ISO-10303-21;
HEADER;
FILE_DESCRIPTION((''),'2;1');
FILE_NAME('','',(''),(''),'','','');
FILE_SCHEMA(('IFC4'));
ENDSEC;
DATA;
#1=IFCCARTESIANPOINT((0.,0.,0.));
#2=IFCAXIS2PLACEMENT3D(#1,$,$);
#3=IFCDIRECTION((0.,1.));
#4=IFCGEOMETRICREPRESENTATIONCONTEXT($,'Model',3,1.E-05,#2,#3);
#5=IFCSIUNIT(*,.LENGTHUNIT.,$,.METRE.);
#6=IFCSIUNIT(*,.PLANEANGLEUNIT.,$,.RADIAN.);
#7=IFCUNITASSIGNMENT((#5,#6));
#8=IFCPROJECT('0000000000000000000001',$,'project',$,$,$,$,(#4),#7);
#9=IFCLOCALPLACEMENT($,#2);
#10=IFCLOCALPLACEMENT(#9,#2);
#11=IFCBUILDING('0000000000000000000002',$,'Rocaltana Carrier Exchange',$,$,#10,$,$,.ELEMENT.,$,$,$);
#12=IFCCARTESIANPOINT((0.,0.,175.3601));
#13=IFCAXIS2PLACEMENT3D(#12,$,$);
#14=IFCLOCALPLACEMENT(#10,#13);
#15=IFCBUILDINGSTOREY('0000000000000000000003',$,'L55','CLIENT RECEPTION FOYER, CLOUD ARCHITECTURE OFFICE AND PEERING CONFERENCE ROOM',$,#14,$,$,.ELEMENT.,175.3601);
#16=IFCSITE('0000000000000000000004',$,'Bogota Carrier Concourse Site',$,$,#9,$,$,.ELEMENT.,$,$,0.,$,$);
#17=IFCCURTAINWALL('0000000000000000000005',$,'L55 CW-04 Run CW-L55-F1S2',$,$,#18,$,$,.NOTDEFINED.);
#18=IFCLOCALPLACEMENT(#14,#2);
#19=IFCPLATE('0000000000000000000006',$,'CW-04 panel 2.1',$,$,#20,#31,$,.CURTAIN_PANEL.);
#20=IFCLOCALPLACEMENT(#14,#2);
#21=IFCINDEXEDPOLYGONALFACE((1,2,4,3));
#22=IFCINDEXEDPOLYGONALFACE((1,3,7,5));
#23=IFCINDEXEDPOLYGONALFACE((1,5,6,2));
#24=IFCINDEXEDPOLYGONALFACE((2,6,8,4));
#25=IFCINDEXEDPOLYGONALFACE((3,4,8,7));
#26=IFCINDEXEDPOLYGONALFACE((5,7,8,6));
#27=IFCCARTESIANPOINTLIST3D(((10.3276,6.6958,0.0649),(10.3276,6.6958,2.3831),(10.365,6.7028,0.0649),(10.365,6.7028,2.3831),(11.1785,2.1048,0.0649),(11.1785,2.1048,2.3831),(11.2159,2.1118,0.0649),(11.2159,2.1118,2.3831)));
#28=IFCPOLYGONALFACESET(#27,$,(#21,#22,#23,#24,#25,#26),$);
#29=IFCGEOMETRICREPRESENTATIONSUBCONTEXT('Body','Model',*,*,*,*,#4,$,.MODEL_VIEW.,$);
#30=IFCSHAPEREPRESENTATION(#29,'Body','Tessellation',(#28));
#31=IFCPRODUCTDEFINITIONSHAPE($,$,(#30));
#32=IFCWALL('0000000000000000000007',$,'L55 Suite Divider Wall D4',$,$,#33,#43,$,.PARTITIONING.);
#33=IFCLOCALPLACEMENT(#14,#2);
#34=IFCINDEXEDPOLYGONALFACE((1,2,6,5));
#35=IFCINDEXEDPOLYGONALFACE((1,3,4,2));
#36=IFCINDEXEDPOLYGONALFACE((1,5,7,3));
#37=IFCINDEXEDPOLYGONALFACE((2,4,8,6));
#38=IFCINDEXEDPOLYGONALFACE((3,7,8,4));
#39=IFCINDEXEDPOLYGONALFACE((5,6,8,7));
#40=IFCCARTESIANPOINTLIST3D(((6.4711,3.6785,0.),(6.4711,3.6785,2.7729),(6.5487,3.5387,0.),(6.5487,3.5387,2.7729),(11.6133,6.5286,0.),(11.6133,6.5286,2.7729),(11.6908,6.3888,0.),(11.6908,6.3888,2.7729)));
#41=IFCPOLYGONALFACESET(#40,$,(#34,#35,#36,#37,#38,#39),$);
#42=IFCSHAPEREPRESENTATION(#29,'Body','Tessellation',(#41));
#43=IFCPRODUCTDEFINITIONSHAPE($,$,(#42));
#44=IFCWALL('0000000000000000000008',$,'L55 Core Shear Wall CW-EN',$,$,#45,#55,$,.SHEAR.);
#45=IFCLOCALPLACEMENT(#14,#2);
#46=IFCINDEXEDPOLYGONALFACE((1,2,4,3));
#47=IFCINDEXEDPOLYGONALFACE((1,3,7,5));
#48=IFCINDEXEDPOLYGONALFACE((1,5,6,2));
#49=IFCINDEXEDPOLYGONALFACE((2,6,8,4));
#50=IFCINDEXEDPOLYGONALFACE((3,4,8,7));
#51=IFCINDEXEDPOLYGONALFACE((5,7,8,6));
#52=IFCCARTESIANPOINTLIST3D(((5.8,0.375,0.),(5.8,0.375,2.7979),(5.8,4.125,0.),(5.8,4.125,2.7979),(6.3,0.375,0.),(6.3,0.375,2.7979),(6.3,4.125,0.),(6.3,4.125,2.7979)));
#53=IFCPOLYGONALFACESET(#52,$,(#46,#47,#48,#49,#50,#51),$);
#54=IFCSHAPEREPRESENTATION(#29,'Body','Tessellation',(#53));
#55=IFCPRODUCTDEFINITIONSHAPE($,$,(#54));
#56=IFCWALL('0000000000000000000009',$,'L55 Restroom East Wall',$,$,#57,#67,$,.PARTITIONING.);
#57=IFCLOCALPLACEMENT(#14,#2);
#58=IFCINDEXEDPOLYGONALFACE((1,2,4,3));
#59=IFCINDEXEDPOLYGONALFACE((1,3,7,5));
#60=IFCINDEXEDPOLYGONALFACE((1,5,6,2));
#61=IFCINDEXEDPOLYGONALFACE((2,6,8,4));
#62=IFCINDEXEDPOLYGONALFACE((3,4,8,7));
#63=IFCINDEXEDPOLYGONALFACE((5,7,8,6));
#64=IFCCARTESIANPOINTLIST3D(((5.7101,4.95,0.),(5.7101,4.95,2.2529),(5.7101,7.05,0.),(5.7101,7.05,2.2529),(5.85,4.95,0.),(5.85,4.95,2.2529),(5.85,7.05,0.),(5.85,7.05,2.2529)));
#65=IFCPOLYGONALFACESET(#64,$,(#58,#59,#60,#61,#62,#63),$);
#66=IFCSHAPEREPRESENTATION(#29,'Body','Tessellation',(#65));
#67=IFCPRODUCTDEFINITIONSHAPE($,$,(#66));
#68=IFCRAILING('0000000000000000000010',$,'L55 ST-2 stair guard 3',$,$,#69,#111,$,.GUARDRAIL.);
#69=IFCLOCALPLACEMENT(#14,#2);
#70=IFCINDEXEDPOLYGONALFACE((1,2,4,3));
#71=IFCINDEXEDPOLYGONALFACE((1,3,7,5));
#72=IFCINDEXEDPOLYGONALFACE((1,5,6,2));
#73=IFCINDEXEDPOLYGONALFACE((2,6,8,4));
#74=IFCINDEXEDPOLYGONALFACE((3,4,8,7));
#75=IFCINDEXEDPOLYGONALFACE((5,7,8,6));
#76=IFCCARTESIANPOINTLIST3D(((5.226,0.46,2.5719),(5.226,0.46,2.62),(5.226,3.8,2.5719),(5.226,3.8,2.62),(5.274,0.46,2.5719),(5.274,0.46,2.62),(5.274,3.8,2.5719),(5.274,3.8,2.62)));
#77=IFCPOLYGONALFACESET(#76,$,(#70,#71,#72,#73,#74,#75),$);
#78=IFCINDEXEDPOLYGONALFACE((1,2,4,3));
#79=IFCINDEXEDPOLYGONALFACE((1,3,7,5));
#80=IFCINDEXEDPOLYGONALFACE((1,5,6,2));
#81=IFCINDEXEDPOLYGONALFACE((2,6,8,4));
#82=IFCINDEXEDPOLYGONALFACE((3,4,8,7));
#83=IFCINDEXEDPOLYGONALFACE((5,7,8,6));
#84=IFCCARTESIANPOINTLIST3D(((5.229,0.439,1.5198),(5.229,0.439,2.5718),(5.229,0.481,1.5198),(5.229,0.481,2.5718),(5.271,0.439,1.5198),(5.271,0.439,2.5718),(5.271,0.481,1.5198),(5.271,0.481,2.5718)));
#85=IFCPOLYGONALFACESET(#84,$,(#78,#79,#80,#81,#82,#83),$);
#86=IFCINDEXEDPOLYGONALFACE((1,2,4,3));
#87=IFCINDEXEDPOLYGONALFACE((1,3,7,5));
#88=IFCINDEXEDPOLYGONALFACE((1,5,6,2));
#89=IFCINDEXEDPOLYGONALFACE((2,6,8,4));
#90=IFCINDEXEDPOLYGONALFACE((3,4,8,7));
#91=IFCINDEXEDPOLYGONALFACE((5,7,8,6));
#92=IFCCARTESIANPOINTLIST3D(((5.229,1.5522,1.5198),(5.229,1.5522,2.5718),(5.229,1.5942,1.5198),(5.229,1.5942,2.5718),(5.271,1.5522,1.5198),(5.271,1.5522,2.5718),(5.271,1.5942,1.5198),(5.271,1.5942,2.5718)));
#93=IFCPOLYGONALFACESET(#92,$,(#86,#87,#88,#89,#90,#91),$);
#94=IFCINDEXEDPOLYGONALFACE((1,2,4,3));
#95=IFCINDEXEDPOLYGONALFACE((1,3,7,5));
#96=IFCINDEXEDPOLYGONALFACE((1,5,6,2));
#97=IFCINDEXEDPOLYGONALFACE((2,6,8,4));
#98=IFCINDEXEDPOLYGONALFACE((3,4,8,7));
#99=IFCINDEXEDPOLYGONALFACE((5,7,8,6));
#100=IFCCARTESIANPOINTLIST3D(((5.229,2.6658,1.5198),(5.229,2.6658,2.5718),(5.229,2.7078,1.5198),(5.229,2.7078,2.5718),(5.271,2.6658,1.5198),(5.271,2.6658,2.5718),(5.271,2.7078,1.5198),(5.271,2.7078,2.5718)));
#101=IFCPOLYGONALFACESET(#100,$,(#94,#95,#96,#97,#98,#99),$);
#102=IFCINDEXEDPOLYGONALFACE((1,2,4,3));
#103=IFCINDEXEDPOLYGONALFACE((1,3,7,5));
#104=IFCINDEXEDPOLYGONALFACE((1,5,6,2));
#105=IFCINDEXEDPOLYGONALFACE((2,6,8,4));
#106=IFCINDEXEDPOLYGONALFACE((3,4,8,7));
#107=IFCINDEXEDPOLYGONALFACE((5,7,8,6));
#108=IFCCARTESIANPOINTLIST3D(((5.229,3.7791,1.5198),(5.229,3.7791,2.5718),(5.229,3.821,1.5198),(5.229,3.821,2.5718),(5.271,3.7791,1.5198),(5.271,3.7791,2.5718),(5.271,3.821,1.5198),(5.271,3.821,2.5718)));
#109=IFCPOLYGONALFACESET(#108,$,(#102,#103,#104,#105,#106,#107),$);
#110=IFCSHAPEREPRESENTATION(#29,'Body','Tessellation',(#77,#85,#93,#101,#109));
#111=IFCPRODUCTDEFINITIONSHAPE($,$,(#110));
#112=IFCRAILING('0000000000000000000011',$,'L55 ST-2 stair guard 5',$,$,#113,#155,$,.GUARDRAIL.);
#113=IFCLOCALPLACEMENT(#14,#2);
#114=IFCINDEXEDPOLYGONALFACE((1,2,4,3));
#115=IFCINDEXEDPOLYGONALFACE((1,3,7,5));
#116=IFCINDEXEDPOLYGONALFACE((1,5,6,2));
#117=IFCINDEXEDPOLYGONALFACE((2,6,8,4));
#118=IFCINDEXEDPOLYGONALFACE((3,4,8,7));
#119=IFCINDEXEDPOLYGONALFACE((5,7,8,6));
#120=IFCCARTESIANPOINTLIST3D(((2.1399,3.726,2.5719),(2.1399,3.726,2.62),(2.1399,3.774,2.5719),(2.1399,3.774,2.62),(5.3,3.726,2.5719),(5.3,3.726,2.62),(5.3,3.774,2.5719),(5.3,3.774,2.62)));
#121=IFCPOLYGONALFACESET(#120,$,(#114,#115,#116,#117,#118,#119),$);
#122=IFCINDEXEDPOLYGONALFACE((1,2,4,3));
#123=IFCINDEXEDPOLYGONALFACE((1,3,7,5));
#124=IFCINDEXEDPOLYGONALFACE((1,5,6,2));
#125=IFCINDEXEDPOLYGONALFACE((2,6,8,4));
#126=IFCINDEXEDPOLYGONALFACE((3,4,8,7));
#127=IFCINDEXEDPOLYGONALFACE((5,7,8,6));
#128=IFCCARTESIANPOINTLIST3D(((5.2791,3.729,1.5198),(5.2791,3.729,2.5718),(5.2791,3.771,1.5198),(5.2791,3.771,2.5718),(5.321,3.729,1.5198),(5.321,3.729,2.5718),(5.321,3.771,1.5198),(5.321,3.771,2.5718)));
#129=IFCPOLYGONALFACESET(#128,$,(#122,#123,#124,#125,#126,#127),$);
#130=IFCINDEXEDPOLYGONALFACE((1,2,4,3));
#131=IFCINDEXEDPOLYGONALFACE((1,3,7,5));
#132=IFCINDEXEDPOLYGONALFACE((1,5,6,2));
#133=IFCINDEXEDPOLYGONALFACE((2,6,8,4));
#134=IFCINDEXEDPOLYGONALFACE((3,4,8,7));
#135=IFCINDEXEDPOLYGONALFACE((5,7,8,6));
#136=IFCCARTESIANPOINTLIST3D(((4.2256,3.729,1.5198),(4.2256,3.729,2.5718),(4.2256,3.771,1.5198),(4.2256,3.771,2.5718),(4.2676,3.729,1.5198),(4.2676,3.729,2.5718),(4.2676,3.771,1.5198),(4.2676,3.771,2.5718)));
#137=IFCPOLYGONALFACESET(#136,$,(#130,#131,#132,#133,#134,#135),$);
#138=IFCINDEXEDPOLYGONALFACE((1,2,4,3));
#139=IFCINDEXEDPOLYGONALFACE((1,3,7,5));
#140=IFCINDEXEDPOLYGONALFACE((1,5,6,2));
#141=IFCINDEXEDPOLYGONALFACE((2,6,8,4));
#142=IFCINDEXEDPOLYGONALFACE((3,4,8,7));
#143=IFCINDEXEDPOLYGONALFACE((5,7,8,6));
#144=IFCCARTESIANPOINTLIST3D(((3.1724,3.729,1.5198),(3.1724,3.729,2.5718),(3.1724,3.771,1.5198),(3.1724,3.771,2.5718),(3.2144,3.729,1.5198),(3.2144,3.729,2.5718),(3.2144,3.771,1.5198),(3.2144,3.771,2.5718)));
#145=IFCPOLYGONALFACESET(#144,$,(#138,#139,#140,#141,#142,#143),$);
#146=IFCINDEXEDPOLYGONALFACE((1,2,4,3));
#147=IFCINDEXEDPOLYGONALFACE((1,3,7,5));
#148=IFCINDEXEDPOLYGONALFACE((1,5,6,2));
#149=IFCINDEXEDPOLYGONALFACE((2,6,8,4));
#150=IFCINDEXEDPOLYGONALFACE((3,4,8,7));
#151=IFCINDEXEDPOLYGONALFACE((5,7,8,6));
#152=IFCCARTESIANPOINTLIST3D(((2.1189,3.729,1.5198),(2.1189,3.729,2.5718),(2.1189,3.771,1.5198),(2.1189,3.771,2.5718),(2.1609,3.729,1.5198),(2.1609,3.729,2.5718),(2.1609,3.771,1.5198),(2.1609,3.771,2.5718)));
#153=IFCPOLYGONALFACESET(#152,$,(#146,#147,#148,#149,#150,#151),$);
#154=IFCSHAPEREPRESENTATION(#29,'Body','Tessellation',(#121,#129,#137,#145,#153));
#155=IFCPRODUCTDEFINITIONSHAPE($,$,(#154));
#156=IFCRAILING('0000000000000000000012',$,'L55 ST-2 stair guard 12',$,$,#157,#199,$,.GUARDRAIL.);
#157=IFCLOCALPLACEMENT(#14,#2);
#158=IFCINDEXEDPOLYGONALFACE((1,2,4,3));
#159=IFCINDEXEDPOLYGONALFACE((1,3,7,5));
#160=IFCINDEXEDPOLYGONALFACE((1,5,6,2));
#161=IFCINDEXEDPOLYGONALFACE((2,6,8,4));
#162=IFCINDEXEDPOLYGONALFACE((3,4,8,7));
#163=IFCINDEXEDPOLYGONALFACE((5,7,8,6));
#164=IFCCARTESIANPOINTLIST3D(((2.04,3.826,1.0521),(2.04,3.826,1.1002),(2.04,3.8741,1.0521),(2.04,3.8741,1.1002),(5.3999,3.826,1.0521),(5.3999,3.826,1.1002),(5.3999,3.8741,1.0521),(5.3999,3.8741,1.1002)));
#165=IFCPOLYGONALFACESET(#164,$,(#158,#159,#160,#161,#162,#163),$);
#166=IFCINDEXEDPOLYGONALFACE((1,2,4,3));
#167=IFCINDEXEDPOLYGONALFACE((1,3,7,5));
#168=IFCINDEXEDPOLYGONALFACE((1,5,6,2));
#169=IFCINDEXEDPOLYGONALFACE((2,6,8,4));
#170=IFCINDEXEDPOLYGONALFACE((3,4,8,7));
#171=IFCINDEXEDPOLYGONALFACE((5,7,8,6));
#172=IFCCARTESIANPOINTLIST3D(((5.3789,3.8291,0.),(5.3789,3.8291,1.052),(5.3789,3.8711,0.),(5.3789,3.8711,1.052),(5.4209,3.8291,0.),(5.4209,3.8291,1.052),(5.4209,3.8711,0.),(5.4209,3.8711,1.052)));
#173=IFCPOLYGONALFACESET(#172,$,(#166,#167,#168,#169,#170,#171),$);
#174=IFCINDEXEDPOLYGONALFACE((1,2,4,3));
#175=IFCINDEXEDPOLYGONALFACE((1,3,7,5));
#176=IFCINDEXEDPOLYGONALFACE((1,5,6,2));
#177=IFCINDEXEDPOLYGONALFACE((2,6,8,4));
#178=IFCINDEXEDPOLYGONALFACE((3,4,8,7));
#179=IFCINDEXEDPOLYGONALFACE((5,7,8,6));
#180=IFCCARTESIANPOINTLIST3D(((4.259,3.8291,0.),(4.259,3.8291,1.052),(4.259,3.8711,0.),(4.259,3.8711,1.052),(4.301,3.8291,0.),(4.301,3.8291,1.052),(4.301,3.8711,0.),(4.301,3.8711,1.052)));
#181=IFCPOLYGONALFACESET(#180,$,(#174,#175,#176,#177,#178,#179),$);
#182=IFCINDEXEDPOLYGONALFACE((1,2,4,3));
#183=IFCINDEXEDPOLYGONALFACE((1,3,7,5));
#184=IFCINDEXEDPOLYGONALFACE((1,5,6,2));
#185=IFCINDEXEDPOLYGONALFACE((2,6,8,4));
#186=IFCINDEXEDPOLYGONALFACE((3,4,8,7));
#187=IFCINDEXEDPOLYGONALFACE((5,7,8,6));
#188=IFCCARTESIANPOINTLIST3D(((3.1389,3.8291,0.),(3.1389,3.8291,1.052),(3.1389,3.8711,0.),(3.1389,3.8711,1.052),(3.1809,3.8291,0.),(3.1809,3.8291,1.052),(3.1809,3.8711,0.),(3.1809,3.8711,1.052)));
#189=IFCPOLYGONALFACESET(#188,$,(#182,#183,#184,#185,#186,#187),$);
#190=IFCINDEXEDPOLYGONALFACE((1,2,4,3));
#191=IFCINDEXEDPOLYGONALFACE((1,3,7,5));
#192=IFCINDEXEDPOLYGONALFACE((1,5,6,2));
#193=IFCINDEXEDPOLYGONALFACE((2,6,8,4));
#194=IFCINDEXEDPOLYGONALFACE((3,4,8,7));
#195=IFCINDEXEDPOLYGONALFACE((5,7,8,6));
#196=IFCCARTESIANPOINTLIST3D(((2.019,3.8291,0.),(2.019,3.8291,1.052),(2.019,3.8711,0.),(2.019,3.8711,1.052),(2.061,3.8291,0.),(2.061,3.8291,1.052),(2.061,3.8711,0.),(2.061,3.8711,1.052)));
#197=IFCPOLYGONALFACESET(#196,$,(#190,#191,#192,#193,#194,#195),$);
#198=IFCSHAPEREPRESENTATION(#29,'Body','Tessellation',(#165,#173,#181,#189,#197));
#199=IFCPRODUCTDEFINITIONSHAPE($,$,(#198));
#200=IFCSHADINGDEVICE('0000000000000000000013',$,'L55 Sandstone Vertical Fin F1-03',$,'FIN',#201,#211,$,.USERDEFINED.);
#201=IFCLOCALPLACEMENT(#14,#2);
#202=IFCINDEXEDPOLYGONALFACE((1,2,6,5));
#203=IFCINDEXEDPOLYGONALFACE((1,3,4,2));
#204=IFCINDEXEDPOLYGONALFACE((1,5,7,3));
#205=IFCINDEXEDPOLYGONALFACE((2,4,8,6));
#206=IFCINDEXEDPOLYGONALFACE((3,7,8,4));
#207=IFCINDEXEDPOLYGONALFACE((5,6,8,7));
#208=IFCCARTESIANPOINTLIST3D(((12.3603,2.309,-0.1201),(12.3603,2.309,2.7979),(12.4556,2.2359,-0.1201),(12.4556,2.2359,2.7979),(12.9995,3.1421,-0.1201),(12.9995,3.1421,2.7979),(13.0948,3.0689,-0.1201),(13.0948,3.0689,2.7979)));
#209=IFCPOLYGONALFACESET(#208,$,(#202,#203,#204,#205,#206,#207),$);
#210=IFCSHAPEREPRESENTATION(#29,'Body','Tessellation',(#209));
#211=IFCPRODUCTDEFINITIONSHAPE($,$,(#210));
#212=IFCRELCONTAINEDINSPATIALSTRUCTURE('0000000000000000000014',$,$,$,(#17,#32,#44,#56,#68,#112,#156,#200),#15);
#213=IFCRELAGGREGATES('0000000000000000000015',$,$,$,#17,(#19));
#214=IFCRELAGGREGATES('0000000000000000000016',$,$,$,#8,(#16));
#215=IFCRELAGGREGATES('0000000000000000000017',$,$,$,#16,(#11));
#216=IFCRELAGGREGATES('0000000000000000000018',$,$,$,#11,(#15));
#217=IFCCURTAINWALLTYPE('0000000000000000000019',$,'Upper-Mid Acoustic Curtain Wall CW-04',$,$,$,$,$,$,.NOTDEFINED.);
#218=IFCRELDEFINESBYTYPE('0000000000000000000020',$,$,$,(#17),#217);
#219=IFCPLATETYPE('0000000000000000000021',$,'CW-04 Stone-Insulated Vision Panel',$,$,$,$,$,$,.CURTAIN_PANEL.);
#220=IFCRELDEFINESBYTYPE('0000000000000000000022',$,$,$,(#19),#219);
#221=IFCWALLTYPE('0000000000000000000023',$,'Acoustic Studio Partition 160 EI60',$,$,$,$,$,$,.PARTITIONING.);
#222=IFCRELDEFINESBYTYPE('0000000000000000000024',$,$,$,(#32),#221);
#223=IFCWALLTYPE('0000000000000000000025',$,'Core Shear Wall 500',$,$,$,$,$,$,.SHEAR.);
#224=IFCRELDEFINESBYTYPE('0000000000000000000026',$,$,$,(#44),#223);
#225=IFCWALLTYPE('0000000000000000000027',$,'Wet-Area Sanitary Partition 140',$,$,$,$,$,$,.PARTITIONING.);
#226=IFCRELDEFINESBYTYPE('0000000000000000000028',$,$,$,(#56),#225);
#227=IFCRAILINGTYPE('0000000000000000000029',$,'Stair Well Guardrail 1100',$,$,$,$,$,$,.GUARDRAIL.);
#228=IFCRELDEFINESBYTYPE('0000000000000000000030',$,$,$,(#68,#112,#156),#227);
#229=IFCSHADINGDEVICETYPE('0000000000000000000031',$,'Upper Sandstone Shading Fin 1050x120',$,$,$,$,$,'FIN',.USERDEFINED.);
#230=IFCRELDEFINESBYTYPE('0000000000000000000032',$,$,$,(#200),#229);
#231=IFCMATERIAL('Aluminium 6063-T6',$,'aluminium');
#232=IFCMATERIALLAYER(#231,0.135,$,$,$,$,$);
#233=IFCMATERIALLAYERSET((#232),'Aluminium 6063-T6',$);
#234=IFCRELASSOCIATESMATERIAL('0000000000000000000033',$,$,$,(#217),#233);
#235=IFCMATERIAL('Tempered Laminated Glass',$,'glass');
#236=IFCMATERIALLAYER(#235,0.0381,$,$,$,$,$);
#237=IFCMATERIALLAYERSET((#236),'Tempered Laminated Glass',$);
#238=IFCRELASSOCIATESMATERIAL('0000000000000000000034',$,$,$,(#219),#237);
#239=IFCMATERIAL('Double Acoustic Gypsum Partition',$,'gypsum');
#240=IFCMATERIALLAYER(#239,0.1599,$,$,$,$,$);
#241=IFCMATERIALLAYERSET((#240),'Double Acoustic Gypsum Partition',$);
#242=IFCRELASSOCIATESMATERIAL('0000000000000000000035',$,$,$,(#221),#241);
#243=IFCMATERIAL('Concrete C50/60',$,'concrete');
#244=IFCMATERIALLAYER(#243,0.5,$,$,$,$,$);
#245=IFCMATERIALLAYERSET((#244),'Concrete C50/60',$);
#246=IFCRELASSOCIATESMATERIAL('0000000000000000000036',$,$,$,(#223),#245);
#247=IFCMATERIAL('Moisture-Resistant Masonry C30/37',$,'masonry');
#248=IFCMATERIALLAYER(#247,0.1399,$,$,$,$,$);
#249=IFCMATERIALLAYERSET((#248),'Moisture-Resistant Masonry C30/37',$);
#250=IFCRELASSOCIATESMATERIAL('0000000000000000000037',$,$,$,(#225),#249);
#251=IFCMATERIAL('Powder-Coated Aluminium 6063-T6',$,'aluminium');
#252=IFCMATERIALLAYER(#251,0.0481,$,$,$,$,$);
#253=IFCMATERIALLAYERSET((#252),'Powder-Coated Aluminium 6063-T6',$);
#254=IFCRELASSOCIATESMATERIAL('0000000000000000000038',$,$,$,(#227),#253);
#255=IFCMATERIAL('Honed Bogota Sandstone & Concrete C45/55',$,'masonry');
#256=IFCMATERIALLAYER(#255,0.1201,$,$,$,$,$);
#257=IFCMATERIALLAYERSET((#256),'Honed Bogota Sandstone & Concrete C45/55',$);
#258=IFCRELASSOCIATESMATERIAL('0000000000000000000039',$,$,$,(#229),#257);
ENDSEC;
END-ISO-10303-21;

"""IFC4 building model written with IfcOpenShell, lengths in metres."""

from ifc_helpers import new_model, si_unit, direction, frame, frame_2d, origin, origin_2d, place, context, subcontext, project, spatial, rectangle, extrude, material, layer, layer_set, type_object, element, aggregate, save


model = new_model("IFC4")

# Units and contexts
model_context = context("Model", 3, precision=1e-05, world=origin(), true_north=direction((0.0, 1.0)))
body_context = subcontext(model_context, "Body", "Model", "MODEL_VIEW")
ifc_project = project(units=[si_unit("LENGTHUNIT", "METRE"), si_unit("PLANEANGLEUNIT", "RADIAN")], contexts=[model_context])

# Site, building, storey
site_placement = place(None, origin())
site = spatial("IfcSite", under=ifc_project, at=site_placement, Name="Bogota Carrier Concourse Site", CompositionType="ELEMENT", RefElevation=0.0)
building_placement = place(site_placement, origin())
building = spatial("IfcBuilding", under=site, at=building_placement, Name="Rocaltana Carrier Exchange", CompositionType="ELEMENT")
storey_placement = place(building_placement, frame((0.0, 0.0, 175.3601)))
storey = spatial("IfcBuildingStorey", under=building, at=storey_placement, Name="L55", Description="CLIENT RECEPTION FOYER, CLOUD ARCHITECTURE OFFICE AND PEERING CONFERENCE ROOM", CompositionType="ELEMENT", Elevation=175.3601)

# Curtain wall
ifc_material_1 = material(Name="Aluminium 6063-T6", Category="aluminium")
ifc_layer_1 = layer(ifc_material_1, 0.135)
ifc_layer_set_1 = layer_set([ifc_layer_1], Name="Aluminium 6063-T6")
curtain_wall_type = type_object("IfcCurtainWallType", Name="Upper-Mid Acoustic Curtain Wall CW-04", PredefinedType="NOTDEFINED", material=ifc_layer_set_1)
curtain_wall_placement = place(storey_placement, origin())
curtain_wall = element("IfcCurtainWall", 1, at=curtain_wall_placement, inside=storey, type_object=curtain_wall_type, Name="L55 CW-04 Run CW-L55-F1S2", PredefinedType="NOTDEFINED")

# Plate
ifc_material_2 = material(Name="Tempered Laminated Glass", Category="glass")
ifc_layer_2 = layer(ifc_material_2, 0.0381)
ifc_layer_set_2 = layer_set([ifc_layer_2], Name="Tempered Laminated Glass")
plate_type = type_object("IfcPlateType", Name="CW-04 Stone-Insulated Vision Panel", PredefinedType="CURTAIN_PANEL", material=ifc_layer_set_2)
plate_placement = place(storey_placement, frame((10.7717, 4.4038, 0.0649), z_axis=(0.0, 0.0, 1.0), x_axis=(-0.182236, 0.983255, 0.0)))
plate = element("IfcPlate", 2, at=plate_placement, type_object=plate_type, Name="CW-04 panel 2.1", PredefinedType="CURTAIN_PANEL", context=body_context, shape_type="SweptSolid", body=[
    extrude(rectangle(XDim=4.6692, YDim=0.0381, at=origin_2d()), origin(), (0.0, 0.0, 1.0), 2.3181),
])
aggregate(curtain_wall, [plate])

# Walls
ifc_material_3 = material(Name="Double Acoustic Gypsum Partition", Category="gypsum")
ifc_layer_3 = layer(ifc_material_3, 0.1599)
ifc_layer_set_3 = layer_set([ifc_layer_3], Name="Double Acoustic Gypsum Partition")
wall_type_1 = type_object("IfcWallType", Name="Acoustic Studio Partition 160 EI60", PredefinedType="PARTITIONING", material=ifc_layer_set_3)
wall_1_placement = place(storey_placement, frame((6.51, 3.6086, 0.0), z_axis=(0.0, 0.0, 1.0), x_axis=(0.874635, 0.484782, 0.0)))
element("IfcWall", 3, at=wall_1_placement, inside=storey, type_object=wall_type_1, Name="L55 Suite Divider Wall D4", PredefinedType="PARTITIONING", context=body_context, shape_type="SweptSolid", body=[
    extrude(rectangle(XDim=5.8792, YDim=0.1599, at=frame_2d((2.9395, 0.0))), origin(), (0.0, 0.0, 1.0), 2.7729),
])
ifc_material_4 = material(Name="Concrete C50/60", Category="concrete")
ifc_layer_4 = layer(ifc_material_4, 0.5)
ifc_layer_set_4 = layer_set([ifc_layer_4], Name="Concrete C50/60")
wall_type_2 = type_object("IfcWallType", Name="Core Shear Wall 500", PredefinedType="SHEAR", material=ifc_layer_set_4)
wall_2_placement = place(storey_placement, frame((6.05, 0.375, 0.0), z_axis=(0.0, 0.0, 1.0), x_axis=(0.0, 1.0, 0.0)))
element("IfcWall", 4, at=wall_2_placement, inside=storey, type_object=wall_type_2, Name="L55 Core Shear Wall CW-EN", PredefinedType="SHEAR", context=body_context, shape_type="SweptSolid", body=[
    extrude(rectangle(XDim=3.75, YDim=0.5, at=frame_2d((1.875, 0.0))), origin(), (0.0, 0.0, 1.0), 2.7979),
])
ifc_material_5 = material(Name="Moisture-Resistant Masonry C30/37", Category="masonry")
ifc_layer_5 = layer(ifc_material_5, 0.1399)
ifc_layer_set_5 = layer_set([ifc_layer_5], Name="Moisture-Resistant Masonry C30/37")
wall_type_3 = type_object("IfcWallType", Name="Wet-Area Sanitary Partition 140", PredefinedType="PARTITIONING", material=ifc_layer_set_5)
wall_3_placement = place(storey_placement, frame((5.78, 4.95, 0.0), z_axis=(0.0, 0.0, 1.0), x_axis=(0.0, 1.0, 0.0)))
element("IfcWall", 5, at=wall_3_placement, inside=storey, type_object=wall_type_3, Name="L55 Restroom East Wall", PredefinedType="PARTITIONING", context=body_context, shape_type="SweptSolid", body=[
    extrude(rectangle(XDim=2.1001, YDim=0.1399, at=frame_2d((1.05, 0.0))), origin(), (0.0, 0.0, 1.0), 2.2529),
])

# Railings
ifc_material_6 = material(Name="Powder-Coated Aluminium 6063-T6", Category="aluminium")
ifc_layer_6 = layer(ifc_material_6, 0.0481)
ifc_layer_set_6 = layer_set([ifc_layer_6], Name="Powder-Coated Aluminium 6063-T6")
railing_type = type_object("IfcRailingType", Name="Stair Well Guardrail 1100", PredefinedType="GUARDRAIL", material=ifc_layer_set_6)
railing_1_placement = place(storey_placement, frame((5.25, 0.46, 1.5198)))
element("IfcRailing", 6, at=railing_1_placement, inside=storey, type_object=railing_type, Name="L55 ST-2 stair guard 3", PredefinedType="GUARDRAIL", context=body_context, shape_type="SweptSolid", body=[
    extrude(rectangle(XDim=0.0481, YDim=0.0481, at=origin_2d()), frame((0.0, 0.0, 1.0762), z_axis=(0.0, 1.0, 0.0), x_axis=(-1.0, 0.0, 0.0)), (0.0, 0.0, 1.0), 3.3401),
    extrude(rectangle(XDim=0.042, YDim=0.042, at=origin_2d()), origin(), (0.0, 0.0, 1.0), 1.052),
    extrude(rectangle(XDim=0.042, YDim=0.042, at=origin_2d()), frame((0.0, 1.1133, 0.0)), (0.0, 0.0, 1.0), 1.052),
    extrude(rectangle(XDim=0.042, YDim=0.042, at=origin_2d()), frame((0.0, 2.2268, 0.0)), (0.0, 0.0, 1.0), 1.052),
    extrude(rectangle(XDim=0.042, YDim=0.042, at=origin_2d()), frame((0.0, 3.3401, 0.0)), (0.0, 0.0, 1.0), 1.052),
])
railing_2_placement = place(storey_placement, frame((5.3, 3.75, 1.5198)))
element("IfcRailing", 7, at=railing_2_placement, inside=storey, type_object=railing_type, Name="L55 ST-2 stair guard 5", PredefinedType="GUARDRAIL", context=body_context, shape_type="SweptSolid", body=[
    extrude(rectangle(XDim=0.0481, YDim=0.0481, at=origin_2d()), frame((0.0, 0.0, 1.0762), z_axis=(-1.0, 0.0, 0.0), x_axis=(0.0, -1.0, 0.0)), (0.0, 0.0, 1.0), 3.1602),
    extrude(rectangle(XDim=0.042, YDim=0.042, at=origin_2d()), origin(), (0.0, 0.0, 1.0), 1.052),
    extrude(rectangle(XDim=0.042, YDim=0.042, at=origin_2d()), frame((-1.0535, 0.0, 0.0)), (0.0, 0.0, 1.0), 1.052),
    extrude(rectangle(XDim=0.042, YDim=0.042, at=origin_2d()), frame((-2.1067, 0.0, 0.0)), (0.0, 0.0, 1.0), 1.052),
    extrude(rectangle(XDim=0.042, YDim=0.042, at=origin_2d()), frame((-3.1602, 0.0, 0.0)), (0.0, 0.0, 1.0), 1.052),
])
railing_3_placement = place(storey_placement, frame((5.3999, 3.8501, 0.0)))
element("IfcRailing", 8, at=railing_3_placement, inside=storey, type_object=railing_type, Name="L55 ST-2 stair guard 12", PredefinedType="GUARDRAIL", context=body_context, shape_type="SweptSolid", body=[
    extrude(rectangle(XDim=0.0481, YDim=0.0481, at=origin_2d()), frame((0.0, 0.0, 1.0762), z_axis=(-1.0, 0.0, 0.0), x_axis=(0.0, -1.0, 0.0)), (0.0, 0.0, 1.0), 3.3599),
    extrude(rectangle(XDim=0.042, YDim=0.042, at=origin_2d()), origin(), (0.0, 0.0, 1.0), 1.052),
    extrude(rectangle(XDim=0.042, YDim=0.042, at=origin_2d()), frame((-1.1199, 0.0, 0.0)), (0.0, 0.0, 1.0), 1.052),
    extrude(rectangle(XDim=0.042, YDim=0.042, at=origin_2d()), frame((-2.24, 0.0, 0.0)), (0.0, 0.0, 1.0), 1.052),
    extrude(rectangle(XDim=0.042, YDim=0.042, at=origin_2d()), frame((-3.3599, 0.0, 0.0)), (0.0, 0.0, 1.0), 1.052),
])

# Shading device
ifc_material_7 = material(Name="Honed Bogota Sandstone & Concrete C45/55", Category="masonry")
ifc_layer_7 = layer(ifc_material_7, 0.1201)
ifc_layer_set_7 = layer_set([ifc_layer_7], Name="Honed Bogota Sandstone & Concrete C45/55")
shading_device_type = type_object("IfcShadingDeviceType", Name="Upper Sandstone Shading Fin 1050x120", ElementType="FIN", PredefinedType="USERDEFINED", material=ifc_layer_set_7)
shading_device_placement = place(storey_placement, frame((12.7275, 2.689, -0.1201), z_axis=(0.0, 0.0, 1.0), x_axis=(0.608761, 0.793353, 0.0)))
element("IfcShadingDevice", 9, at=shading_device_placement, inside=storey, type_object=shading_device_type, Name="L55 Sandstone Vertical Fin F1-03", ObjectType="FIN", PredefinedType="USERDEFINED", context=body_context, shape_type="SweptSolid", body=[
    extrude(rectangle(XDim=1.05, YDim=0.1201, at=origin_2d()), origin(), (0.0, 0.0, 1.0), 2.918),
])

save(model, "model.ifc")
